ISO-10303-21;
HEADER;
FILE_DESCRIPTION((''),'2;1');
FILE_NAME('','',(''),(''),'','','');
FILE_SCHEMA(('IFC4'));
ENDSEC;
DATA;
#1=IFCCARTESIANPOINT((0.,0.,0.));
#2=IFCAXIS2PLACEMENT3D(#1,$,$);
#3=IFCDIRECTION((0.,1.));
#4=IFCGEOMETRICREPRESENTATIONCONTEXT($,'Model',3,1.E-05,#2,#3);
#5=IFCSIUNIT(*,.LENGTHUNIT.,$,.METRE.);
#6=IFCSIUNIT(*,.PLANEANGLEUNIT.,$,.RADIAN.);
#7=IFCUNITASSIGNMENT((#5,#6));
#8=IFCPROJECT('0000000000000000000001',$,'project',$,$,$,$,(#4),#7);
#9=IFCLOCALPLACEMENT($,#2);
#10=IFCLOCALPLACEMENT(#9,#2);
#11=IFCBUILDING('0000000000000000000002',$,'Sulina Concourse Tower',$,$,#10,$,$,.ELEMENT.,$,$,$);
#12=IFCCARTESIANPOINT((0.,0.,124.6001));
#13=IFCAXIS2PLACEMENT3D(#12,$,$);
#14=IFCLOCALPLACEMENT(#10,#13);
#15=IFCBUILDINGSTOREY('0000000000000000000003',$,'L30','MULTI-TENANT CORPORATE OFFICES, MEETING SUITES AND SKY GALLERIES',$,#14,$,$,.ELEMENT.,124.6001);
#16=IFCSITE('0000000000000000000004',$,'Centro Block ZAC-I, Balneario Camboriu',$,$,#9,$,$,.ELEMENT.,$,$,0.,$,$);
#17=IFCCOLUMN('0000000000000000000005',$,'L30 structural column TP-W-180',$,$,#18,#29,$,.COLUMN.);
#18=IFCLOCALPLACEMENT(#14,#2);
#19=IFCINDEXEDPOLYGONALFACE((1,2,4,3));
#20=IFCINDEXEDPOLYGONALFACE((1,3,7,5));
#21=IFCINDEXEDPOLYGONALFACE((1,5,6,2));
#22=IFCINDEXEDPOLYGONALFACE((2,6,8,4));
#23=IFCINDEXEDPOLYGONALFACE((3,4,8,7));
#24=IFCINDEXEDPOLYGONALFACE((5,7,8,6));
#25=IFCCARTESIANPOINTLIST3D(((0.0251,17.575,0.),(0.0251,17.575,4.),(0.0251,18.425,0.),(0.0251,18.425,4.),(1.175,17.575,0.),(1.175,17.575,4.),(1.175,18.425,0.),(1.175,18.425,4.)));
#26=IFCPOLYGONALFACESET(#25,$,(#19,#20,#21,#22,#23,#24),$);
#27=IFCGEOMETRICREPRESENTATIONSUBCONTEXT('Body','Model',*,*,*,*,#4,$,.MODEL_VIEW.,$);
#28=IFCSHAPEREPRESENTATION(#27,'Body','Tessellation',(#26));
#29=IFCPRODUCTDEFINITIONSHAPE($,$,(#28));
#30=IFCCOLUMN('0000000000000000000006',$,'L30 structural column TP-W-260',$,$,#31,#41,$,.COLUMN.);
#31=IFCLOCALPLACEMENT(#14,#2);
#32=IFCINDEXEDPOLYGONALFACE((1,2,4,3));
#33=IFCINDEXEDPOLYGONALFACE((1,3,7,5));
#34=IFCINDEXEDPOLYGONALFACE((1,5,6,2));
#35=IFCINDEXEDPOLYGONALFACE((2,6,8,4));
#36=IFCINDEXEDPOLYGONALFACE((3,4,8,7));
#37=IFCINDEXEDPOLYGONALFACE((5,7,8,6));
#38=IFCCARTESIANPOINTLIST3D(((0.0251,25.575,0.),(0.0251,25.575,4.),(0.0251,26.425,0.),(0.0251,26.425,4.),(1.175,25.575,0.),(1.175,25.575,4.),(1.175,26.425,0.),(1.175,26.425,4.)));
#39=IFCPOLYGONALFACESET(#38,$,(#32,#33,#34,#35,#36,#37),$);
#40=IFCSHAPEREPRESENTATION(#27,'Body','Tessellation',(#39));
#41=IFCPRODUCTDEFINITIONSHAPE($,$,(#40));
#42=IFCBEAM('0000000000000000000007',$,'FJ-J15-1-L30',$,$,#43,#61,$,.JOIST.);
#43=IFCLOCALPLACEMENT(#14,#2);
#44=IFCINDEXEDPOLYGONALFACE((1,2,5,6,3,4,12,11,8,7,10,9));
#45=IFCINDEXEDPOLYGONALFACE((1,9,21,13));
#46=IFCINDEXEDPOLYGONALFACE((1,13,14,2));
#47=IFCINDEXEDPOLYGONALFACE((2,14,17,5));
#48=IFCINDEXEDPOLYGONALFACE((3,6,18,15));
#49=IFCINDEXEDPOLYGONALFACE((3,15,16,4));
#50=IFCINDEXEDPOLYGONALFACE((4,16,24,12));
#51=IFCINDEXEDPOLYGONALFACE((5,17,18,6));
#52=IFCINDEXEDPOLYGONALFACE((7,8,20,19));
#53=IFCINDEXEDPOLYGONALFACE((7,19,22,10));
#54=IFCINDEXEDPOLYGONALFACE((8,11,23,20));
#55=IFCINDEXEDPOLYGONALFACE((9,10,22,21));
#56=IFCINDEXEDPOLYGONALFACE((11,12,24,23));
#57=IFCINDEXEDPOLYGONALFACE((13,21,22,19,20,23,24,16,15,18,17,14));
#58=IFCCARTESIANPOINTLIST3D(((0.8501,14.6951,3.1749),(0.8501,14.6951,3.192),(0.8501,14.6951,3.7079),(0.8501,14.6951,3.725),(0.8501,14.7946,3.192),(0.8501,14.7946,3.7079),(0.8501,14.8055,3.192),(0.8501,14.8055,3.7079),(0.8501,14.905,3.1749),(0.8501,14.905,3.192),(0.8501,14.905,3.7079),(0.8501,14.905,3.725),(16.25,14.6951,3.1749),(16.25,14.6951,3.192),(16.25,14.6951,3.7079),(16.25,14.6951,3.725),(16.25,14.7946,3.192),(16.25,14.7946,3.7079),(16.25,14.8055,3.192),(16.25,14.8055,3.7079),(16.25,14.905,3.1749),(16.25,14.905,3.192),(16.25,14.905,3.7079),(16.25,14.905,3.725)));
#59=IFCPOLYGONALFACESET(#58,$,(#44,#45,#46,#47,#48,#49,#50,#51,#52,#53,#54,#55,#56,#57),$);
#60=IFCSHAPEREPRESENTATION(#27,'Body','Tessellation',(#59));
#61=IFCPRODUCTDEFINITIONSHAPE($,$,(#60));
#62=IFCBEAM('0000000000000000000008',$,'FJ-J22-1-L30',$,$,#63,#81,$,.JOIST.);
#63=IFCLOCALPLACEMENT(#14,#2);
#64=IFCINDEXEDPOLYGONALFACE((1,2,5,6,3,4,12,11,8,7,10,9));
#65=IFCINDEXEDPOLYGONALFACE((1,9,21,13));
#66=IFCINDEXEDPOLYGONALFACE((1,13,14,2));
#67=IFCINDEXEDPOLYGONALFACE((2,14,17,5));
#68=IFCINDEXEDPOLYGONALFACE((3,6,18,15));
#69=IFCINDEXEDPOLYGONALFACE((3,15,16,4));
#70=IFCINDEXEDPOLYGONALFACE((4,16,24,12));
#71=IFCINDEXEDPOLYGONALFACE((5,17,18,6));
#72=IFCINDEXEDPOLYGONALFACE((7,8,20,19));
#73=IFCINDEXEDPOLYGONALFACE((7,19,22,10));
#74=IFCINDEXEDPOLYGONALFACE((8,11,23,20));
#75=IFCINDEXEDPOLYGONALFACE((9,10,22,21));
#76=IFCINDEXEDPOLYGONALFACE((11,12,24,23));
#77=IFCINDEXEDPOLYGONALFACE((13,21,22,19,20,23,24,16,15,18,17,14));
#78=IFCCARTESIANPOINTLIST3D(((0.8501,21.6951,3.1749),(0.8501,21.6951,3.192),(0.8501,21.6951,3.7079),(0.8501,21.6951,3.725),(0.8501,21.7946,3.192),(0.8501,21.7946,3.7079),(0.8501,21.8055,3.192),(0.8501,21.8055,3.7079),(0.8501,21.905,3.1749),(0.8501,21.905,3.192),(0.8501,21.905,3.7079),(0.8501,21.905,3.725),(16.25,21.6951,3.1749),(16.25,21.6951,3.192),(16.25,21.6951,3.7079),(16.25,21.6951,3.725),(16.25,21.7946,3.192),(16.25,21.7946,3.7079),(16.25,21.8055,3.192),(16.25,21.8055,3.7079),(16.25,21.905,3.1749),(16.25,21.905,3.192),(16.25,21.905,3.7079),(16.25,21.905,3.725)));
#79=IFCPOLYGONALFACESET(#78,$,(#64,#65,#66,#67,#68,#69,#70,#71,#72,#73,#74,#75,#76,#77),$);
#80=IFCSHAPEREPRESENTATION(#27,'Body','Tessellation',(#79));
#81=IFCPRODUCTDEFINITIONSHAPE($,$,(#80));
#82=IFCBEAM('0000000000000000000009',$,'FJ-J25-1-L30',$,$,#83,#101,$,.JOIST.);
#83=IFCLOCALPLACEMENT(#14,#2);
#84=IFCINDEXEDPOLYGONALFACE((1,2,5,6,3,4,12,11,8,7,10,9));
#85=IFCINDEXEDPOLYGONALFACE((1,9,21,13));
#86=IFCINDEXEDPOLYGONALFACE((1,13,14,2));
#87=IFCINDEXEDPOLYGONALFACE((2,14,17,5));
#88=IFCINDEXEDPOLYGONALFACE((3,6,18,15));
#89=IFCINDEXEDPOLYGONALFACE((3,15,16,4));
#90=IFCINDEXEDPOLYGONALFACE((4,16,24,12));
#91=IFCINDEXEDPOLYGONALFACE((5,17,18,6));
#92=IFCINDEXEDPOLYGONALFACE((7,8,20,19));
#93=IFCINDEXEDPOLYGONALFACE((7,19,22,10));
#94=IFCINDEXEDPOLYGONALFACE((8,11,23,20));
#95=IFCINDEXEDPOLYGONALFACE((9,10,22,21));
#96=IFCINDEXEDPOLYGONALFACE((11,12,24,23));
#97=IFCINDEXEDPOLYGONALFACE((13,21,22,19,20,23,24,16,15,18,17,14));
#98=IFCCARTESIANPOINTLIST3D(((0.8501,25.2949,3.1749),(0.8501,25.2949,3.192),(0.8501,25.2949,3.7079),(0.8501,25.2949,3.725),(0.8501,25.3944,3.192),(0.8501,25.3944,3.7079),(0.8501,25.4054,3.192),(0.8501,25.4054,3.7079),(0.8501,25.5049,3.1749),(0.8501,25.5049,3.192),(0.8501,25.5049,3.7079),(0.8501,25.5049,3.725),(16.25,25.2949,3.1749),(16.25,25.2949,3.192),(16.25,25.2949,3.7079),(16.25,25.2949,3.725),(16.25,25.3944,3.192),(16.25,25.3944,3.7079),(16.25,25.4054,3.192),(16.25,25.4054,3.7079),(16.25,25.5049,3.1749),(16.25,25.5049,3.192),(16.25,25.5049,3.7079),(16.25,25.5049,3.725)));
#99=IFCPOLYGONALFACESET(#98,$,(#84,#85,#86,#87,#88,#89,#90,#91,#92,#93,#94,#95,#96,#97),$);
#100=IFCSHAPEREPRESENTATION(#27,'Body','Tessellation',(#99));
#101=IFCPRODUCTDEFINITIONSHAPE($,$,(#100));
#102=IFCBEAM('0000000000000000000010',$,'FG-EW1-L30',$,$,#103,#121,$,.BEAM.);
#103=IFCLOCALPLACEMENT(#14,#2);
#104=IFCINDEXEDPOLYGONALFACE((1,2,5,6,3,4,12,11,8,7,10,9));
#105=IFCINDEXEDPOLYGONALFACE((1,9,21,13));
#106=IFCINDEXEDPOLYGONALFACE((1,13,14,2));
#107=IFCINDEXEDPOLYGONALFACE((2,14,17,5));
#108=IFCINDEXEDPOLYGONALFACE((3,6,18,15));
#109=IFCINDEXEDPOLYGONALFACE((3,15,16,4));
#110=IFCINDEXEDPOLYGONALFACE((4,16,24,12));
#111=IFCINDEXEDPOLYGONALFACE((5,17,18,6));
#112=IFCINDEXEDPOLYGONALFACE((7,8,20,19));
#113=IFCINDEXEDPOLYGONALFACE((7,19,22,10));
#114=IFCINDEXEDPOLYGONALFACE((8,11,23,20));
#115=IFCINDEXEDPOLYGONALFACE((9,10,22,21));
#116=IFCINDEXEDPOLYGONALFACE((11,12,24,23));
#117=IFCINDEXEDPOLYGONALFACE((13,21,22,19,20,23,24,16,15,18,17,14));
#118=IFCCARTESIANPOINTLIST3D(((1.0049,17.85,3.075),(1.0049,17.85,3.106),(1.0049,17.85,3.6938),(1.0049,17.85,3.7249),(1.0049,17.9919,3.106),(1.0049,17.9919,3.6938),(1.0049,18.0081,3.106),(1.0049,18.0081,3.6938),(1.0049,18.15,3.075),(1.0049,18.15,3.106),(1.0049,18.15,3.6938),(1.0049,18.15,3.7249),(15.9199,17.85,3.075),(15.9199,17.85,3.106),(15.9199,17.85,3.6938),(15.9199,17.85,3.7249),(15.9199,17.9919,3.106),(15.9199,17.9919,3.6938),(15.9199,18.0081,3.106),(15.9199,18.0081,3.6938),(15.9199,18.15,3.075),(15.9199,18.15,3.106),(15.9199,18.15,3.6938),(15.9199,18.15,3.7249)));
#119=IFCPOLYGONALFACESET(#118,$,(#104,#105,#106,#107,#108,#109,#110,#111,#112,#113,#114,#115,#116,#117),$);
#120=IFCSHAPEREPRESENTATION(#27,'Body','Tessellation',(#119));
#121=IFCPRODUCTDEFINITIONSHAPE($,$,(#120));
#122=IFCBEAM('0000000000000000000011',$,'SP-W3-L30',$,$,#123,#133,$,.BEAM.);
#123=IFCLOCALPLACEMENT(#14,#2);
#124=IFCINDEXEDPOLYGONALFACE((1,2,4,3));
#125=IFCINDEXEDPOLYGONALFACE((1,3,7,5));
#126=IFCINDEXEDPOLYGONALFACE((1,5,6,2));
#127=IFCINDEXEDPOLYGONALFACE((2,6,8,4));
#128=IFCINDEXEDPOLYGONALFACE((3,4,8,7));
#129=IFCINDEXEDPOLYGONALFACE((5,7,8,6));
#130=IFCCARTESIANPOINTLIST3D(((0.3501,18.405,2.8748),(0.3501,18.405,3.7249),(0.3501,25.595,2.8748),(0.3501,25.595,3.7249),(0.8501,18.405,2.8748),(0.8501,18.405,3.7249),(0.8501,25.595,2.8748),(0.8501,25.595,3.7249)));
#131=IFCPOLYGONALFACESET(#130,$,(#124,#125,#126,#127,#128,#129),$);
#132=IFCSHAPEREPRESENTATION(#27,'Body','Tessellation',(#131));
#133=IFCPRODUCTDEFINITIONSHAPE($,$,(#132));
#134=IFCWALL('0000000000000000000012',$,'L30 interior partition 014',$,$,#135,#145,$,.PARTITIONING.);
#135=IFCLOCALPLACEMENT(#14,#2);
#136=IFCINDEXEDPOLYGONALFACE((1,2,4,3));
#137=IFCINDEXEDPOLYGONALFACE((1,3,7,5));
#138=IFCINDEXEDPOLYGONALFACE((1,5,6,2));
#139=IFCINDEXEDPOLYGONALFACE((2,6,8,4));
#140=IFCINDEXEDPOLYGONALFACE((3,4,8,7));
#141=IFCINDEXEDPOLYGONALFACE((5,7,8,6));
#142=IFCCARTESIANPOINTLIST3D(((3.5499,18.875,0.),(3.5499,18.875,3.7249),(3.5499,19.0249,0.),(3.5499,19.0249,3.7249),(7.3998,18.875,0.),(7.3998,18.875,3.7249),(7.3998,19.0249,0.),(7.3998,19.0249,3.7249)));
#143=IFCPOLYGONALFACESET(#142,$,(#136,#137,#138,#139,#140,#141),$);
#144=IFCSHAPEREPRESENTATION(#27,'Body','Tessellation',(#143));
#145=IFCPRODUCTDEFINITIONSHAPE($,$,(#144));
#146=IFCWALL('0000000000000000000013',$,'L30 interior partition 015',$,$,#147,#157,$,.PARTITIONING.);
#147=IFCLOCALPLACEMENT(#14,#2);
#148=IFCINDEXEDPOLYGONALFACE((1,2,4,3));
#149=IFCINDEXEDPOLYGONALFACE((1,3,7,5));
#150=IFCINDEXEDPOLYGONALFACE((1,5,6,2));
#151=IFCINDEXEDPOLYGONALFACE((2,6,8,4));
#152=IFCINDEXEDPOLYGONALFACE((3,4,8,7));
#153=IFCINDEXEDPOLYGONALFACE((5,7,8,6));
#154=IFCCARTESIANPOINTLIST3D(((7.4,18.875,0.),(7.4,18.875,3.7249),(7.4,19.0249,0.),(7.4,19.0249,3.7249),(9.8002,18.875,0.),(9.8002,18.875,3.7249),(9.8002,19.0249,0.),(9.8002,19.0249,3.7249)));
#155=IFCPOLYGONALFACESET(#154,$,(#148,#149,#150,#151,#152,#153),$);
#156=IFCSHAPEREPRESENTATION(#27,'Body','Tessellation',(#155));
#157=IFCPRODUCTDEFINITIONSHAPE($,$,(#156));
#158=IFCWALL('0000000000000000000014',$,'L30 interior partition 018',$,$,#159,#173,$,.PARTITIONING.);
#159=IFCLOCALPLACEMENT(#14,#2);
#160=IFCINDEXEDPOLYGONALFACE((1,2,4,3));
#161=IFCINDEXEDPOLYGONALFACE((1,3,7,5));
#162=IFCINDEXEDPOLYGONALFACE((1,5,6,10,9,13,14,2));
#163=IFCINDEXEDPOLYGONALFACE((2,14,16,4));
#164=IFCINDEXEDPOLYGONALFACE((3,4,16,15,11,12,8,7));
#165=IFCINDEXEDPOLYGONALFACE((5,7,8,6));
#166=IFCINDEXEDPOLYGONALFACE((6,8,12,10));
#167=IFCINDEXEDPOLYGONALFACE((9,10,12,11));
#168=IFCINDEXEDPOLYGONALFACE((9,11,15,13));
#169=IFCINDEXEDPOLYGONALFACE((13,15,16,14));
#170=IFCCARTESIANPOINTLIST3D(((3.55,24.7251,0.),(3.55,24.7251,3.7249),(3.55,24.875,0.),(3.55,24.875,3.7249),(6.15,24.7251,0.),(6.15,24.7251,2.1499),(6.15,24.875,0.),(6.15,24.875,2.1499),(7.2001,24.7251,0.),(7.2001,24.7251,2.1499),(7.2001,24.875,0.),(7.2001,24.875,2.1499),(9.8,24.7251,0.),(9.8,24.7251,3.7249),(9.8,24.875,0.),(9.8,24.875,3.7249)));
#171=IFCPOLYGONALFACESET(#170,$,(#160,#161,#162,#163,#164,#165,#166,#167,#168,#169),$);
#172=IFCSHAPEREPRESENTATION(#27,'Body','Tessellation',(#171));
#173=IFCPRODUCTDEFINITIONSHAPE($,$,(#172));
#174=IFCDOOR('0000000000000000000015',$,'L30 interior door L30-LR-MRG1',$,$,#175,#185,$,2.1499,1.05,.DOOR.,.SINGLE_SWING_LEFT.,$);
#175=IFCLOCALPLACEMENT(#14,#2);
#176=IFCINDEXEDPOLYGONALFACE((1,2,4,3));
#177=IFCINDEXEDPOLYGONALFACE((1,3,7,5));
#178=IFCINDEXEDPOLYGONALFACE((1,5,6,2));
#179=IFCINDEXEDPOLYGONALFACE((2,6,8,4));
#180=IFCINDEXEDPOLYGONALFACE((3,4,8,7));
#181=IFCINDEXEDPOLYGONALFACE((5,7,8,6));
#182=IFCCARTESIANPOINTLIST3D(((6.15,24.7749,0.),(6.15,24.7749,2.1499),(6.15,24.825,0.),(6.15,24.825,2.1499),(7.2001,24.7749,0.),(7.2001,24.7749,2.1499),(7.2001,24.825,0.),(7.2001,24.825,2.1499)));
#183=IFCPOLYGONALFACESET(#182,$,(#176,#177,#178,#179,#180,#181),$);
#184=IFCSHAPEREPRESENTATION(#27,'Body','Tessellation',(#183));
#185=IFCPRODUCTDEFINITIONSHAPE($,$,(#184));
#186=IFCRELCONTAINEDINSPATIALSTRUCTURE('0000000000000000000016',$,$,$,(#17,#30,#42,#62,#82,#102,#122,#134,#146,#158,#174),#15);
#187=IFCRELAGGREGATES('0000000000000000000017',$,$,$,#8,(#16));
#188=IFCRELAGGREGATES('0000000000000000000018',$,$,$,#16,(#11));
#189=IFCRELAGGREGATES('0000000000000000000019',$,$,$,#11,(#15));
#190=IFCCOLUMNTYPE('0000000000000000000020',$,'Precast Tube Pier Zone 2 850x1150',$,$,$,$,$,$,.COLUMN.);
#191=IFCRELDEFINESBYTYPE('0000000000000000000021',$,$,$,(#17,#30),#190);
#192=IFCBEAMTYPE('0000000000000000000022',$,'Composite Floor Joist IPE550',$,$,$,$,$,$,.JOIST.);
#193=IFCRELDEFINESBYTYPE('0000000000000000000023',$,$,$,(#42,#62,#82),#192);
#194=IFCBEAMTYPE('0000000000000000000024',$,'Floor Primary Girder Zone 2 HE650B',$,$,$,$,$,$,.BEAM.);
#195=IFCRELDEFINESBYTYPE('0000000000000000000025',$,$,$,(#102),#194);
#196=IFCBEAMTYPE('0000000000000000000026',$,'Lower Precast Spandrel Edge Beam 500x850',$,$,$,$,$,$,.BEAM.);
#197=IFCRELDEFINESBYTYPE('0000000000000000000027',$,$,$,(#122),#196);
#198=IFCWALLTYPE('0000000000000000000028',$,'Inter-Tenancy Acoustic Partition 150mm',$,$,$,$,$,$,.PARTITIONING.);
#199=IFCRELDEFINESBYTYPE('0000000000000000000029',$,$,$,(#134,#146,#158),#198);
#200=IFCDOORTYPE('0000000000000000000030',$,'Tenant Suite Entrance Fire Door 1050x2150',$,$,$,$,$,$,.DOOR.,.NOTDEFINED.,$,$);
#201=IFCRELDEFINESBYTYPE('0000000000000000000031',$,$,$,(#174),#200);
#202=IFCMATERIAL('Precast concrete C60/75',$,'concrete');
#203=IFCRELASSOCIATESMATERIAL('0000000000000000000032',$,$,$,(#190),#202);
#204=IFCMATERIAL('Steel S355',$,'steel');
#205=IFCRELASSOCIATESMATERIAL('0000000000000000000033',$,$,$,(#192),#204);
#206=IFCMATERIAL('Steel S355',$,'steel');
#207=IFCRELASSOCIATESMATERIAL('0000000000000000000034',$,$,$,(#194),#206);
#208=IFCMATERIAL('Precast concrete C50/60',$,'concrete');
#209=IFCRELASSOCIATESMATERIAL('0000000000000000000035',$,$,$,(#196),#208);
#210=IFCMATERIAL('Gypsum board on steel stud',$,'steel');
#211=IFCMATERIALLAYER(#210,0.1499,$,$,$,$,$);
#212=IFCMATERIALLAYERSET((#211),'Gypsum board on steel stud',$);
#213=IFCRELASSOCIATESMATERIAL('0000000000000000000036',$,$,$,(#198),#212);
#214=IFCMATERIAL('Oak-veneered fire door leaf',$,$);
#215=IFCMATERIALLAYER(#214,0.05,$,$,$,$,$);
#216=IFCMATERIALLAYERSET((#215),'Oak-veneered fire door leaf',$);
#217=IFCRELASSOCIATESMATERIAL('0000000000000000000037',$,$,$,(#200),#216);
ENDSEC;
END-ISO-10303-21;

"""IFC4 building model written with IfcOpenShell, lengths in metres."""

from ifc_helpers import new_model, si_unit, direction, frame, frame_2d, origin, origin_2d, place, context, subcontext, project, spatial, rectangle, i_section, extrude, material, layer, layer_set, material_profile, profile_set, type_object, element, fill, save


model = new_model("IFC4")

# Units and contexts
model_context = context("Model", 3, precision=1e-05, world=origin(), true_north=direction((0.0, 1.0)))
body_context = subcontext(model_context, "Body", "Model", "MODEL_VIEW")
ifc_project = project(units=[si_unit("LENGTHUNIT", "METRE"), si_unit("PLANEANGLEUNIT", "RADIAN")], contexts=[model_context])

# Site, building, storey
site_placement = place(None, origin())
site = spatial("IfcSite", under=ifc_project, at=site_placement, Name="Centro Block ZAC-I, Balneario Camboriu", CompositionType="ELEMENT", RefElevation=0.0)
building_placement = place(site_placement, origin())
building = spatial("IfcBuilding", under=site, at=building_placement, Name="Sulina Concourse Tower", CompositionType="ELEMENT")
storey_placement = place(building_placement, frame((0.0, 0.0, 124.6001)))
storey = spatial("IfcBuildingStorey", under=building, at=storey_placement, Name="L30", Description="MULTI-TENANT CORPORATE OFFICES, MEETING SUITES AND SKY GALLERIES", CompositionType="ELEMENT", Elevation=124.6001)

# Columns
ifc_material_1 = material(Name="Precast concrete C60/75", Category="concrete")
ifc_material_profile_1 = material_profile(ifc_material_1, rectangle(XDim=0.8501, YDim=1.1499, at=origin_2d()), Name="PC 850x1150")
ifc_profile_set_1 = profile_set([ifc_material_profile_1], Name="Precast concrete C60/75")
column_type = type_object("IfcColumnType", Name="Precast Tube Pier Zone 2 850x1150", PredefinedType="COLUMN", material=ifc_profile_set_1)
for number, where, z_axis, x_axis, name in (
    (1, (0.6001, 18.0, 0.0), (0.0, 0.0, 1.0), (0.0, 1.0, 0.0), "L30 structural column TP-W-180"),
    (2, (0.6001, 26.0, 0.0), (0.0, 0.0, 1.0), (0.0, 1.0, 0.0), "L30 structural column TP-W-260"),
):
    element("IfcColumn", number, at=place(storey_placement, frame(where, z_axis=z_axis, x_axis=x_axis)), inside=storey, type_object=column_type, Name=name, PredefinedType="COLUMN", context=body_context, shape_type="SweptSolid", body=[
        extrude(rectangle(XDim=0.8501, YDim=1.1499, at=origin_2d()), origin(), (0.0, 0.0, 1.0), 4.0),
    ])

# Beams
ifc_material_2 = material(Name="Steel S355", Category="steel")
ifc_material_profile_2 = material_profile(ifc_material_2, i_section(OverallWidth=0.21, OverallDepth=0.55, WebThickness=0.011, FlangeThickness=0.0171, at=origin_2d()), Name="IPE 550")
ifc_profile_set_2 = profile_set([ifc_material_profile_2], Name="Steel S355")
beam_type_1 = type_object("IfcBeamType", Name="Composite Floor Joist IPE550", PredefinedType="JOIST", material=ifc_profile_set_2)
for number, where, z_axis, x_axis, name in (
    (3, (0.8501, 14.8, 3.45), (1.0, 0.0, 0.0), (0.0, 1.0, 0.0), "FJ-J15-1-L30"),
    (4, (0.8501, 21.8, 3.45), (1.0, 0.0, 0.0), (0.0, 1.0, 0.0), "FJ-J22-1-L30"),
    (5, (0.8501, 25.3999, 3.45), (1.0, 0.0, 0.0), (0.0, 1.0, 0.0), "FJ-J25-1-L30"),
):
    element("IfcBeam", number, at=place(storey_placement, frame(where, z_axis=z_axis, x_axis=x_axis)), inside=storey, type_object=beam_type_1, Name=name, PredefinedType="JOIST", context=body_context, shape_type="SweptSolid", body=[
        extrude(i_section(OverallWidth=0.21, OverallDepth=0.55, WebThickness=0.011, FlangeThickness=0.0171, at=origin_2d()), origin(), (0.0, 0.0, 1.0), 15.3999),
    ])
ifc_material_3 = material(Name="Steel S355", Category="steel")
ifc_material_profile_3 = material_profile(ifc_material_3, i_section(OverallWidth=0.3, OverallDepth=0.6499, WebThickness=0.0161, FlangeThickness=0.031, at=origin_2d()), Name="HE 650 B")
ifc_profile_set_3 = profile_set([ifc_material_profile_3], Name="Steel S355")
beam_type_2 = type_object("IfcBeamType", Name="Floor Primary Girder Zone 2 HE650B", PredefinedType="BEAM", material=ifc_profile_set_3)
beam_1_placement = place(storey_placement, frame((1.0049, 18.0, 3.3999), z_axis=(1.0, 0.0, 0.0), x_axis=(0.0, 1.0, 0.0)))
element("IfcBeam", 6, at=beam_1_placement, inside=storey, type_object=beam_type_2, Name="FG-EW1-L30", PredefinedType="BEAM", context=body_context, shape_type="SweptSolid", body=[
    extrude(i_section(OverallWidth=0.3, OverallDepth=0.6499, WebThickness=0.0161, FlangeThickness=0.031, at=origin_2d()), origin(), (0.0, 0.0, 1.0), 14.915),
])
ifc_material_4 = material(Name="Precast concrete C50/60", Category="concrete")
ifc_material_profile_4 = material_profile(ifc_material_4, rectangle(XDim=0.5, YDim=0.8501, at=origin_2d()), Name="RC 500x850")
ifc_profile_set_4 = profile_set([ifc_material_profile_4], Name="Precast concrete C50/60")
beam_type_3 = type_object("IfcBeamType", Name="Lower Precast Spandrel Edge Beam 500x850", PredefinedType="BEAM", material=ifc_profile_set_4)
beam_2_placement = place(storey_placement, frame((0.6001, 18.405, 3.2998), z_axis=(0.0, 1.0, 0.0), x_axis=(-1.0, 0.0, 0.0)))
element("IfcBeam", 7, at=beam_2_placement, inside=storey, type_object=beam_type_3, Name="SP-W3-L30", PredefinedType="BEAM", context=body_context, shape_type="SweptSolid", body=[
    extrude(rectangle(XDim=0.5, YDim=0.8501, at=origin_2d()), origin(), (0.0, 0.0, 1.0), 7.1899),
])

# Walls
ifc_material_5 = material(Name="Gypsum board on steel stud", Category="steel")
ifc_layer_1 = layer(ifc_material_5, 0.1499)
ifc_layer_set_1 = layer_set([ifc_layer_1], Name="Gypsum board on steel stud")
wall_type_1 = type_object("IfcWallType", Name="Inter-Tenancy Acoustic Partition 150mm", PredefinedType="PARTITIONING", material=ifc_layer_set_1)
wall_1_placement = place(storey_placement, frame((3.55, 18.95, 0.0), z_axis=(0.0, 0.0, 1.0), x_axis=(1.0, 0.0, 0.0)))
element("IfcWall", 8, at=wall_1_placement, inside=storey, type_object=wall_type_1, Name="L30 interior partition 014", PredefinedType="PARTITIONING", context=body_context, shape_type="SweptSolid", body=[
    extrude(rectangle(XDim=3.8499, YDim=0.1499, at=frame_2d((1.9248, 0.0))), origin(), (0.0, 0.0, 1.0), 3.7249),
])
wall_2_placement = place(storey_placement, frame((7.3999, 18.95, 0.0), z_axis=(0.0, 0.0, 1.0), x_axis=(1.0, 0.0, 0.0)))
element("IfcWall", 9, at=wall_2_placement, inside=storey, type_object=wall_type_1, Name="L30 interior partition 015", PredefinedType="PARTITIONING", context=body_context, shape_type="SweptSolid", body=[
    extrude(rectangle(XDim=2.4001, YDim=0.1499, at=frame_2d((1.2002, 0.0))), origin(), (0.0, 0.0, 1.0), 3.7249),
])

# Wall, opening, door
wall_3_placement = place(storey_placement, frame((3.55, 24.8, 0.0), z_axis=(0.0, 0.0, 1.0), x_axis=(1.0, 0.0, 0.0)))
wall_3 = element("IfcWall", 10, at=wall_3_placement, inside=storey, type_object=wall_type_1, Name="L30 interior partition 018", PredefinedType="PARTITIONING", context=body_context, shape_type="SweptSolid", body=[
    extrude(rectangle(XDim=6.25, YDim=0.1499, at=frame_2d((3.125, 0.0))), origin(), (0.0, 0.0, 1.0), 3.7249),
])
opening_1_placement = place(wall_3_placement, frame((2.6001, 0.0, 0.0)))
opening_1 = element("IfcOpeningElement", 11, at=opening_1_placement, cuts=wall_3, PredefinedType="OPENING", context=body_context, shape_type="SweptSolid", body=[
    extrude(rectangle(XDim=1.05, YDim=2.1499, at=frame_2d((0.5249, 1.075))), frame((0.0, 0.085, 0.0), z_axis=(0.0, -1.0, 0.0), x_axis=(1.0, 0.0, 0.0)), (0.0, 0.0, 1.0), 0.1699),
])
ifc_material_6 = material(Name="Oak-veneered fire door leaf")
ifc_layer_2 = layer(ifc_material_6, 0.05)
ifc_layer_set_2 = layer_set([ifc_layer_2], Name="Oak-veneered fire door leaf")
door_type_1 = type_object("IfcDoorType", Name="Tenant Suite Entrance Fire Door 1050x2150", OperationType="NOTDEFINED", PredefinedType="DOOR", material=ifc_layer_set_2)
door_1_placement = place(opening_1_placement, origin())
door_1 = element("IfcDoor", 12, at=door_1_placement, inside=storey, type_object=door_type_1, Name="L30 interior door L30-LR-MRG1", OperationType="SINGLE_SWING_LEFT", OverallHeight=2.1499, OverallWidth=1.05, PredefinedType="DOOR", context=body_context, shape_type="SweptSolid", body=[
    extrude(rectangle(XDim=1.05, YDim=2.1499, at=frame_2d((0.5249, 1.075))), frame((0.0, 0.0249, 0.0), z_axis=(0.0, -1.0, 0.0), x_axis=(1.0, 0.0, 0.0)), (0.0, 0.0, 1.0), 0.05),
])
fill(opening_1, door_1)

save(model, "model.ifc")
